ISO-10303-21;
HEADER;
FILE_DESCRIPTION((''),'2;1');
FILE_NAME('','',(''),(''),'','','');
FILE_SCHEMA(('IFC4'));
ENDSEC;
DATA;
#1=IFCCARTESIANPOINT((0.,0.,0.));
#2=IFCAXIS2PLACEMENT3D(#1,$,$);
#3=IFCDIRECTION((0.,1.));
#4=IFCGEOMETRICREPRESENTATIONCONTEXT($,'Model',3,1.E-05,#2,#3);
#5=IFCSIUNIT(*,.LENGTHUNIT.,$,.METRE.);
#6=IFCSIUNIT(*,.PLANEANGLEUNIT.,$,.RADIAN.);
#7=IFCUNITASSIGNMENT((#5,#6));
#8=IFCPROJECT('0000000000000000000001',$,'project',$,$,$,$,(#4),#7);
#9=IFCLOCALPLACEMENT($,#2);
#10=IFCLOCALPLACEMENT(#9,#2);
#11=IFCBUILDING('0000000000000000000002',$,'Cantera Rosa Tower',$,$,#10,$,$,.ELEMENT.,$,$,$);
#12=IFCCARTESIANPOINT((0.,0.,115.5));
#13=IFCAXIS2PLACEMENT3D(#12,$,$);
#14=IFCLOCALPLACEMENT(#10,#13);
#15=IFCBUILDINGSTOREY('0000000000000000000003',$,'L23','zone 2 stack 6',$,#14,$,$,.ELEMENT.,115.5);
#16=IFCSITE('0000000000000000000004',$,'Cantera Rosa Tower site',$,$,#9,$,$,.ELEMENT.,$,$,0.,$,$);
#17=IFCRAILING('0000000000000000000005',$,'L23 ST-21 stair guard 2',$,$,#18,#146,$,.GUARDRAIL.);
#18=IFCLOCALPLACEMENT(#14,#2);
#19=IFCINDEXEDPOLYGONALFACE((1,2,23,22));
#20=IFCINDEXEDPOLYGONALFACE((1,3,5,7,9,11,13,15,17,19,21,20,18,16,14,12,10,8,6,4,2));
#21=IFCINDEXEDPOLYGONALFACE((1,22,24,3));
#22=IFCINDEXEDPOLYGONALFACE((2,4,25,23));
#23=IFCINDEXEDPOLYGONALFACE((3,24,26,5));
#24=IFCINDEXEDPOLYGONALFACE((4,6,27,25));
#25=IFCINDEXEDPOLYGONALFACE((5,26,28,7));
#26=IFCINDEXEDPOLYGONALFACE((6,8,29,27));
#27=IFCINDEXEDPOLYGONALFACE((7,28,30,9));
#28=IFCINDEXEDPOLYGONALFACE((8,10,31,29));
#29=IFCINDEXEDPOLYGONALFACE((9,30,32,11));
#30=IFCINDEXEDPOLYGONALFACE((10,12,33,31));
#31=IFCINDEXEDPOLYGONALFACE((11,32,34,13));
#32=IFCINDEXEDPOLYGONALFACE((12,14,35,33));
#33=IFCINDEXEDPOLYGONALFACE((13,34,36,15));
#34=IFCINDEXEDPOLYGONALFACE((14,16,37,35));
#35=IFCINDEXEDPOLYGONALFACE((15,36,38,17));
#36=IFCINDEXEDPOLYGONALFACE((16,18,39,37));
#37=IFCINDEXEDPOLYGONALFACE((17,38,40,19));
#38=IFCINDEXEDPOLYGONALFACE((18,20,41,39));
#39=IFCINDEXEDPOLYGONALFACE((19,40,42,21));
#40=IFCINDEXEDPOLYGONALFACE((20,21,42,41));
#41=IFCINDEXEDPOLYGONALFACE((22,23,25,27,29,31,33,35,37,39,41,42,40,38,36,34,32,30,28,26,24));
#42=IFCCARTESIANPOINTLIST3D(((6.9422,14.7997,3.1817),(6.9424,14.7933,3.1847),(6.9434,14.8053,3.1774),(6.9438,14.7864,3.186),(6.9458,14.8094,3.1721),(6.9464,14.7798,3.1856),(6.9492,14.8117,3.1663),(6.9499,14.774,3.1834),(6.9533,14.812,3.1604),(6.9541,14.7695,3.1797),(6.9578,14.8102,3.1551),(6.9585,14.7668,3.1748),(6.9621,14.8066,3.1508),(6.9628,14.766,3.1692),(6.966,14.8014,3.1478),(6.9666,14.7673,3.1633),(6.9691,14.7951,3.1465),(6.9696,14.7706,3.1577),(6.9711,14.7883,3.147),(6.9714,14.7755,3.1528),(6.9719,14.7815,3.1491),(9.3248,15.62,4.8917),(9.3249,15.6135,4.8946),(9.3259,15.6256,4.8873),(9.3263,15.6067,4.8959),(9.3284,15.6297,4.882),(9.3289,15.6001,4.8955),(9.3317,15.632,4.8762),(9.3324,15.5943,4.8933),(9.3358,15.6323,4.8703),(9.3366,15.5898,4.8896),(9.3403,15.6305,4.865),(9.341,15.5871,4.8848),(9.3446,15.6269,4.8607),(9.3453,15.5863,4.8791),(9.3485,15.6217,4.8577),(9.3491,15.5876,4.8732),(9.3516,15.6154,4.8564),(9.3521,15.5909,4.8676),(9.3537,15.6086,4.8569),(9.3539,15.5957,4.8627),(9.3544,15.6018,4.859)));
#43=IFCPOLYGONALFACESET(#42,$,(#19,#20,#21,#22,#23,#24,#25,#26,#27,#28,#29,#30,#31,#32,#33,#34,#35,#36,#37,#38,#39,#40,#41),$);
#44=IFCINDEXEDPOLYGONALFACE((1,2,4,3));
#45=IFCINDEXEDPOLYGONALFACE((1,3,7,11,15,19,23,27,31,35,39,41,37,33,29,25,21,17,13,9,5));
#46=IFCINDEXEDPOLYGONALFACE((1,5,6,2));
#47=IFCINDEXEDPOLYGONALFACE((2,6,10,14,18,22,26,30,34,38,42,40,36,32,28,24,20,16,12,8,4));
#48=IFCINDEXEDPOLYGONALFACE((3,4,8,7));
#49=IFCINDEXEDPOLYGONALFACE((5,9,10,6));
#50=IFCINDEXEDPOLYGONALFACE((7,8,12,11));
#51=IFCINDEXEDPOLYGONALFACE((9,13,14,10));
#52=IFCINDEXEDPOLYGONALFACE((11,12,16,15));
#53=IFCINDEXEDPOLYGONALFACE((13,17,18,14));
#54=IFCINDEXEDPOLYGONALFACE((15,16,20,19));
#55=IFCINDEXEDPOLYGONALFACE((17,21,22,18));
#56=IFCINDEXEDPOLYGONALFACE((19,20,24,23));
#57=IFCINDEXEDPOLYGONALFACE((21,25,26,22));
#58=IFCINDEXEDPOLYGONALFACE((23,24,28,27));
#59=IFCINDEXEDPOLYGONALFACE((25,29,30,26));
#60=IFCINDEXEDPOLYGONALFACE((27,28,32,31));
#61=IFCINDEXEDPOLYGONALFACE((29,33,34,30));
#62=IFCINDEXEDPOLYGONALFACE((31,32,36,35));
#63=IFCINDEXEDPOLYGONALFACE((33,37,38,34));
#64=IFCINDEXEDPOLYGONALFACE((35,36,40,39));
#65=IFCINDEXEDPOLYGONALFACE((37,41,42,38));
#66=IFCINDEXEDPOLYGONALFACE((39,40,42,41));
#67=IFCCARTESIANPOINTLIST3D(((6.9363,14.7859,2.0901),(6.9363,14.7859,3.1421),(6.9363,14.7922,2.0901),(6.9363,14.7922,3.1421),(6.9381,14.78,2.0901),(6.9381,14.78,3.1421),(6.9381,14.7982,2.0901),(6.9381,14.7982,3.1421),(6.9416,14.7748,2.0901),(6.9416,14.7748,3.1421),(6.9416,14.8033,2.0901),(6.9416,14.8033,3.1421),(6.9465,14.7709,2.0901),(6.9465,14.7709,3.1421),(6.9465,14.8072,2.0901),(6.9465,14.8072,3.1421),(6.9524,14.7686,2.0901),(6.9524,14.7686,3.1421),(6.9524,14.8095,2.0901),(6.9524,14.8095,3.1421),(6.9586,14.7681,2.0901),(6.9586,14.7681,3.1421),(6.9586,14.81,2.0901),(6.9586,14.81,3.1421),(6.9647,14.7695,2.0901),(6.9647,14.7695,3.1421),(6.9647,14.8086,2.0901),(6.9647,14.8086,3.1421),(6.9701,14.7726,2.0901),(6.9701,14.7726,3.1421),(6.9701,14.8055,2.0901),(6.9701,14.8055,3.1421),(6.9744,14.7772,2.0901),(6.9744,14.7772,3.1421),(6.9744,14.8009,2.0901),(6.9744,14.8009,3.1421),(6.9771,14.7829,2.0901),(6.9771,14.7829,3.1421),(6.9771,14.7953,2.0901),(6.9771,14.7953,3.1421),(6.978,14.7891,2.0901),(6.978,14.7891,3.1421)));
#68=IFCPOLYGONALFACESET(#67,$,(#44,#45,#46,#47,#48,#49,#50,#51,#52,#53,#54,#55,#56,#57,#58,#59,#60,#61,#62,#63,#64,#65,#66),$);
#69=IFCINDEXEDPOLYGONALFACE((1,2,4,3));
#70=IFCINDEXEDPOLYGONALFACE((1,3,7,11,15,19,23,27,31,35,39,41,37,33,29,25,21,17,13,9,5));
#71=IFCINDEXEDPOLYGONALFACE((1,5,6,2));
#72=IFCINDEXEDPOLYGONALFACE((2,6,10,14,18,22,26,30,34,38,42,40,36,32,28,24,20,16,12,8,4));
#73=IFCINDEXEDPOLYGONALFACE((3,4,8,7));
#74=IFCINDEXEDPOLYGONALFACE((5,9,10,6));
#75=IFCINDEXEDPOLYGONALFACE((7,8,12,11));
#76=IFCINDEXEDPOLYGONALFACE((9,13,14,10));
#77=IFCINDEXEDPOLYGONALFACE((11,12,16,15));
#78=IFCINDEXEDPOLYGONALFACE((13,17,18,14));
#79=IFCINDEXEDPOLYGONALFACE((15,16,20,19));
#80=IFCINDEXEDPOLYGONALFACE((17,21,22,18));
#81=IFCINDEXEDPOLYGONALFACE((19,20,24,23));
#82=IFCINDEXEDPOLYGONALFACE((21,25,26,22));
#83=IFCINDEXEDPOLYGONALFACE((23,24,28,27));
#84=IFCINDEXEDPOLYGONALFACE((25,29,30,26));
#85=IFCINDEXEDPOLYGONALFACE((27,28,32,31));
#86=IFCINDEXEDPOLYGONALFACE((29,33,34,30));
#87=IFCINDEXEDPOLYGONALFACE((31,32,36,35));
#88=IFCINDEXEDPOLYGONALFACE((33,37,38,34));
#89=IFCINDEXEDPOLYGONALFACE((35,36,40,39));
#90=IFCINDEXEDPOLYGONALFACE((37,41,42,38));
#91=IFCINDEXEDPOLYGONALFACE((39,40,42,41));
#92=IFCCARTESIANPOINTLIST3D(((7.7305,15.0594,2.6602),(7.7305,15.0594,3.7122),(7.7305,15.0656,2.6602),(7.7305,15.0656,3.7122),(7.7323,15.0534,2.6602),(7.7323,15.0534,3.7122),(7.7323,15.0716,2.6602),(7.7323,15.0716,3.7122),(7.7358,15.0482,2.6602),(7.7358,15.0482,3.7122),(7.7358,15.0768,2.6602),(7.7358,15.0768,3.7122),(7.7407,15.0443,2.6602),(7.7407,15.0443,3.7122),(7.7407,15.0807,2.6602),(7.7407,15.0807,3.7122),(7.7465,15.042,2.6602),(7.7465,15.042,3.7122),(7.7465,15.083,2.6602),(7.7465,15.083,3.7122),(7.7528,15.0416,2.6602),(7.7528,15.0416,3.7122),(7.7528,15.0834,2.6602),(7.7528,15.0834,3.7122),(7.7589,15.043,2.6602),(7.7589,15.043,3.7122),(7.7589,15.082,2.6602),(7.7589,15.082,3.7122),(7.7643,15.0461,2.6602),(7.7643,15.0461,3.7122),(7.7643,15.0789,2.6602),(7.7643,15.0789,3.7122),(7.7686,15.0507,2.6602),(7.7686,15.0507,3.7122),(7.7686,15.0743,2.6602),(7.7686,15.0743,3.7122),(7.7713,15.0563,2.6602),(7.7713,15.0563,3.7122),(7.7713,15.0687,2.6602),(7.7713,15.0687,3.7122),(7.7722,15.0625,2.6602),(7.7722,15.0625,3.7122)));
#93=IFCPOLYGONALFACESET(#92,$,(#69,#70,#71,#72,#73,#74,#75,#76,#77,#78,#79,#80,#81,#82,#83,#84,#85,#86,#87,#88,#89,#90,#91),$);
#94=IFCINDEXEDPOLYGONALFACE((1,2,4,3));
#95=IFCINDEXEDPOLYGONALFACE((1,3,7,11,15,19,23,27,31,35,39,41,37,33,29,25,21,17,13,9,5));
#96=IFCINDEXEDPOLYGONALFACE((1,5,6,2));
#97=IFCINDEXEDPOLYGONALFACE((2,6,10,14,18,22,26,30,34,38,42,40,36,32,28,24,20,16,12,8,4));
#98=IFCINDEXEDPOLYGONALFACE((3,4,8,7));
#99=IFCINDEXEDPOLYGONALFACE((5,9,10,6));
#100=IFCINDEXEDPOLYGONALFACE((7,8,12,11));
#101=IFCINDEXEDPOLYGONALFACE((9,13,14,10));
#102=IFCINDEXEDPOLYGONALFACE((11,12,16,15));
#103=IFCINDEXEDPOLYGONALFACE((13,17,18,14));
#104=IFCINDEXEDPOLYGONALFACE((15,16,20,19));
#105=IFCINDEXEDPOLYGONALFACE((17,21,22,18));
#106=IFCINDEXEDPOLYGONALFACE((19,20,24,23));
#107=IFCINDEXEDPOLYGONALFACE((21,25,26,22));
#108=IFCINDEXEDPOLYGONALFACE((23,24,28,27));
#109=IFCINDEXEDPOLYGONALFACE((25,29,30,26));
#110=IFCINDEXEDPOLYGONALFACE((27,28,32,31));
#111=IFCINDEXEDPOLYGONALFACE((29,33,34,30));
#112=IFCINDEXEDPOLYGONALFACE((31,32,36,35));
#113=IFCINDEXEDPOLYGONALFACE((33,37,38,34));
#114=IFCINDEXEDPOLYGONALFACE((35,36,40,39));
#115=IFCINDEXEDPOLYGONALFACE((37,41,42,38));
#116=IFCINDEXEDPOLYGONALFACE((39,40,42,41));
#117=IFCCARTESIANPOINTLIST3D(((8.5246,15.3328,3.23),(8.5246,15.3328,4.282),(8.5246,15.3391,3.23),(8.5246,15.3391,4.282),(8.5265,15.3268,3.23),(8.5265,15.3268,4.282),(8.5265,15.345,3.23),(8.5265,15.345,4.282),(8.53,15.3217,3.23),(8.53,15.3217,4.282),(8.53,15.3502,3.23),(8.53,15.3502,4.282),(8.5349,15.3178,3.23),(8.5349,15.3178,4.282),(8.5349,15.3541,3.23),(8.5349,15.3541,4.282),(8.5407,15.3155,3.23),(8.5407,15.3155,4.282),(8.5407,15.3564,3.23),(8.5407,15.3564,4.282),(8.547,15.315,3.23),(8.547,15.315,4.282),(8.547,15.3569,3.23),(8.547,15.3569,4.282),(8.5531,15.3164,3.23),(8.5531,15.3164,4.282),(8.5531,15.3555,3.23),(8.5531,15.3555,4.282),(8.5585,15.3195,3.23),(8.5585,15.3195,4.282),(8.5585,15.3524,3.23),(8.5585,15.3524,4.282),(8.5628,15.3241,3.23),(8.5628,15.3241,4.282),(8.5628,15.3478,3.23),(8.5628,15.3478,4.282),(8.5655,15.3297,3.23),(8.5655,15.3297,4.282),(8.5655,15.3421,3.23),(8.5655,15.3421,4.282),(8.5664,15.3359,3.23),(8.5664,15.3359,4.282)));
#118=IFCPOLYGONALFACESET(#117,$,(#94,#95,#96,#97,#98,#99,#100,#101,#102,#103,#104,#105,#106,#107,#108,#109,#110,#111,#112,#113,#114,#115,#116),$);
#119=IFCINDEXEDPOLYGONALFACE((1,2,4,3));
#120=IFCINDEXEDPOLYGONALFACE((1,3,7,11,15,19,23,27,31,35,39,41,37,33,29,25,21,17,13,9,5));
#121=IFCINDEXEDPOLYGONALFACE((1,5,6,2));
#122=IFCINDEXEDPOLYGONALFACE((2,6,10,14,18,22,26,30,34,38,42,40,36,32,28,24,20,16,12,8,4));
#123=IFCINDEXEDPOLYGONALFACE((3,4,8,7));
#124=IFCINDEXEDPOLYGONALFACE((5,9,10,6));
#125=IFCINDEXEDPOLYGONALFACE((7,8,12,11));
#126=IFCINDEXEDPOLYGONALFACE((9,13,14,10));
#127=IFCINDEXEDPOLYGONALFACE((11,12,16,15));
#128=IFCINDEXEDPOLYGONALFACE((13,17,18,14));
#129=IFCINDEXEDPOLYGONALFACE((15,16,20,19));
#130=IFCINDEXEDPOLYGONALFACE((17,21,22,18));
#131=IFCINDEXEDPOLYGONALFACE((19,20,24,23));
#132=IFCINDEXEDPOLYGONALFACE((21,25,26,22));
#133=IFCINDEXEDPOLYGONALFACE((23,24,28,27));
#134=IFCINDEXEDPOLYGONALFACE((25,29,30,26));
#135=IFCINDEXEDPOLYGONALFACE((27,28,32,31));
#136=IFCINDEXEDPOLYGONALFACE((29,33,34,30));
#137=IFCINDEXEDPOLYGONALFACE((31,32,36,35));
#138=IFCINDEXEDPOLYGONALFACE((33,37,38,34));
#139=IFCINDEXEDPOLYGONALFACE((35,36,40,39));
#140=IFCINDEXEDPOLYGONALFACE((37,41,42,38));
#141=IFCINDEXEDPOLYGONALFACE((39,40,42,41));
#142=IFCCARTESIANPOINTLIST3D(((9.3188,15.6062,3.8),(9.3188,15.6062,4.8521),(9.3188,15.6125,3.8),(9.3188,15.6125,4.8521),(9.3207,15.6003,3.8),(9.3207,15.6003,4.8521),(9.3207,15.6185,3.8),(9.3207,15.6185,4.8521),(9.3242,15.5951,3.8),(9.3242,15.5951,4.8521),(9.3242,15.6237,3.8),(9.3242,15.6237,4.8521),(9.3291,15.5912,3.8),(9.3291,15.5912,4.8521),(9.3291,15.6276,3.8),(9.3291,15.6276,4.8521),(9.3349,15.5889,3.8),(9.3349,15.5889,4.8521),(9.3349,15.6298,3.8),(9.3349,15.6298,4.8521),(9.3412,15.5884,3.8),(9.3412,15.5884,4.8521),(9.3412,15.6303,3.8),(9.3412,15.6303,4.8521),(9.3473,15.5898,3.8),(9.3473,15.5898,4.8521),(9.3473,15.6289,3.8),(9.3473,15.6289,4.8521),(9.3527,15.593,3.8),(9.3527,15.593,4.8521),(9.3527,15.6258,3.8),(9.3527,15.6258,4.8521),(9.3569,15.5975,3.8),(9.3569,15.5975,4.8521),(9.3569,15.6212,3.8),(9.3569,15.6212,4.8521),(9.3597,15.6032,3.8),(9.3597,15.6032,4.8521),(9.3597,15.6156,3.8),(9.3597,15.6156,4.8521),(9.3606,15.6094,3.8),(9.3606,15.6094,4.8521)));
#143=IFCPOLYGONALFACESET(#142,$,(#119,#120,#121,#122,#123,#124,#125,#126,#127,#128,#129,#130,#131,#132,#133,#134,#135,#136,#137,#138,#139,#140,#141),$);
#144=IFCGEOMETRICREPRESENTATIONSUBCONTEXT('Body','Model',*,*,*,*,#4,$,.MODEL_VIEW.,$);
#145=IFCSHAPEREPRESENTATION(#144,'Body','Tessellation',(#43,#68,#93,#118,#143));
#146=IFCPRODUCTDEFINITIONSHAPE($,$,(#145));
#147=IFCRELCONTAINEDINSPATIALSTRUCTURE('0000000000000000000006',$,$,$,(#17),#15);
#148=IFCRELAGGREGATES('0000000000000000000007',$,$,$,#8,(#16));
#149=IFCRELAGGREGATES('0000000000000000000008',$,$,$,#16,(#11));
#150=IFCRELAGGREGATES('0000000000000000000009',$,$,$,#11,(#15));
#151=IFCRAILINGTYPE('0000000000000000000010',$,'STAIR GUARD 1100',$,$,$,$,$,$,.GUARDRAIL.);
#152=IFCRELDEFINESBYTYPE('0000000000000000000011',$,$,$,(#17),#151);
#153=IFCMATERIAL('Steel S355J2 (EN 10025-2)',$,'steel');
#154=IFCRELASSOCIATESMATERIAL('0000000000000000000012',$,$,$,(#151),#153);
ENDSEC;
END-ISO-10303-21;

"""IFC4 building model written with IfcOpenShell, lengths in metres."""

from ifc_helpers import new_model, si_unit, direction, frame, origin, origin_2d, place, context, subcontext, project, spatial, circle, extrude, material, type_object, element, save


model = new_model("IFC4")

# Units and contexts
model_context = context("Model", 3, precision=1e-05, world=origin(), true_north=direction((0.0, 1.0)))
body_context = subcontext(model_context, "Body", "Model", "MODEL_VIEW")
ifc_project = project(units=[si_unit("LENGTHUNIT", "METRE"), si_unit("PLANEANGLEUNIT", "RADIAN")], contexts=[model_context])

# Site, building, storey
site_placement = place(None, origin())
site = spatial("IfcSite", under=ifc_project, at=site_placement, Name="Cantera Rosa Tower site", CompositionType="ELEMENT", RefElevation=0.0)
building_placement = place(site_placement, origin())
building = spatial("IfcBuilding", under=site, at=building_placement, Name="Cantera Rosa Tower", CompositionType="ELEMENT")
storey_placement = place(building_placement, frame((0.0, 0.0, 115.5)))
storey = spatial("IfcBuildingStorey", under=building, at=storey_placement, Name="L23", Description="zone 2 stack 6", CompositionType="ELEMENT", Elevation=115.5)

# Railing
ifc_material_1 = material(Name="Steel S355J2 (EN 10025-2)", Category="steel")
railing_type_1 = type_object("IfcRailingType", Name="STAIR GUARD 1100", PredefinedType="GUARDRAIL", material=ifc_material_1)
railing_1_placement = place(storey_placement, frame((6.957, 14.7891, 2.0901)))
element("IfcRailing", 1, at=railing_1_placement, inside=storey, type_object=railing_type_1, Name="L23 ST-21 stair guard 2", PredefinedType="GUARDRAIL", context=body_context, shape_type="SweptSolid", body=[
    extrude(circle(Radius=0.0239, at=origin_2d()), frame((0.0, 0.0, 1.0762), z_axis=(0.78239, 0.269375, 0.561519), x_axis=(-0.325543, 0.945527, 0.0)), (0.0, 0.0, 1.0), 3.0452),
    extrude(circle(Radius=0.021, at=origin_2d()), origin(), (0.0, 0.0, 1.0), 1.052),
    extrude(circle(Radius=0.021, at=origin_2d()), frame((0.7942, 0.2734, 0.5701)), (0.0, 0.0, 1.0), 1.052),
    extrude(circle(Radius=0.021, at=origin_2d()), frame((1.5884, 0.5469, 1.1399)), (0.0, 0.0, 1.0), 1.052),
    extrude(circle(Radius=0.021, at=origin_2d()), frame((2.3826, 0.8203, 1.71)), (0.0, 0.0, 1.0), 1.052),
])

save(model, "model.ifc")
